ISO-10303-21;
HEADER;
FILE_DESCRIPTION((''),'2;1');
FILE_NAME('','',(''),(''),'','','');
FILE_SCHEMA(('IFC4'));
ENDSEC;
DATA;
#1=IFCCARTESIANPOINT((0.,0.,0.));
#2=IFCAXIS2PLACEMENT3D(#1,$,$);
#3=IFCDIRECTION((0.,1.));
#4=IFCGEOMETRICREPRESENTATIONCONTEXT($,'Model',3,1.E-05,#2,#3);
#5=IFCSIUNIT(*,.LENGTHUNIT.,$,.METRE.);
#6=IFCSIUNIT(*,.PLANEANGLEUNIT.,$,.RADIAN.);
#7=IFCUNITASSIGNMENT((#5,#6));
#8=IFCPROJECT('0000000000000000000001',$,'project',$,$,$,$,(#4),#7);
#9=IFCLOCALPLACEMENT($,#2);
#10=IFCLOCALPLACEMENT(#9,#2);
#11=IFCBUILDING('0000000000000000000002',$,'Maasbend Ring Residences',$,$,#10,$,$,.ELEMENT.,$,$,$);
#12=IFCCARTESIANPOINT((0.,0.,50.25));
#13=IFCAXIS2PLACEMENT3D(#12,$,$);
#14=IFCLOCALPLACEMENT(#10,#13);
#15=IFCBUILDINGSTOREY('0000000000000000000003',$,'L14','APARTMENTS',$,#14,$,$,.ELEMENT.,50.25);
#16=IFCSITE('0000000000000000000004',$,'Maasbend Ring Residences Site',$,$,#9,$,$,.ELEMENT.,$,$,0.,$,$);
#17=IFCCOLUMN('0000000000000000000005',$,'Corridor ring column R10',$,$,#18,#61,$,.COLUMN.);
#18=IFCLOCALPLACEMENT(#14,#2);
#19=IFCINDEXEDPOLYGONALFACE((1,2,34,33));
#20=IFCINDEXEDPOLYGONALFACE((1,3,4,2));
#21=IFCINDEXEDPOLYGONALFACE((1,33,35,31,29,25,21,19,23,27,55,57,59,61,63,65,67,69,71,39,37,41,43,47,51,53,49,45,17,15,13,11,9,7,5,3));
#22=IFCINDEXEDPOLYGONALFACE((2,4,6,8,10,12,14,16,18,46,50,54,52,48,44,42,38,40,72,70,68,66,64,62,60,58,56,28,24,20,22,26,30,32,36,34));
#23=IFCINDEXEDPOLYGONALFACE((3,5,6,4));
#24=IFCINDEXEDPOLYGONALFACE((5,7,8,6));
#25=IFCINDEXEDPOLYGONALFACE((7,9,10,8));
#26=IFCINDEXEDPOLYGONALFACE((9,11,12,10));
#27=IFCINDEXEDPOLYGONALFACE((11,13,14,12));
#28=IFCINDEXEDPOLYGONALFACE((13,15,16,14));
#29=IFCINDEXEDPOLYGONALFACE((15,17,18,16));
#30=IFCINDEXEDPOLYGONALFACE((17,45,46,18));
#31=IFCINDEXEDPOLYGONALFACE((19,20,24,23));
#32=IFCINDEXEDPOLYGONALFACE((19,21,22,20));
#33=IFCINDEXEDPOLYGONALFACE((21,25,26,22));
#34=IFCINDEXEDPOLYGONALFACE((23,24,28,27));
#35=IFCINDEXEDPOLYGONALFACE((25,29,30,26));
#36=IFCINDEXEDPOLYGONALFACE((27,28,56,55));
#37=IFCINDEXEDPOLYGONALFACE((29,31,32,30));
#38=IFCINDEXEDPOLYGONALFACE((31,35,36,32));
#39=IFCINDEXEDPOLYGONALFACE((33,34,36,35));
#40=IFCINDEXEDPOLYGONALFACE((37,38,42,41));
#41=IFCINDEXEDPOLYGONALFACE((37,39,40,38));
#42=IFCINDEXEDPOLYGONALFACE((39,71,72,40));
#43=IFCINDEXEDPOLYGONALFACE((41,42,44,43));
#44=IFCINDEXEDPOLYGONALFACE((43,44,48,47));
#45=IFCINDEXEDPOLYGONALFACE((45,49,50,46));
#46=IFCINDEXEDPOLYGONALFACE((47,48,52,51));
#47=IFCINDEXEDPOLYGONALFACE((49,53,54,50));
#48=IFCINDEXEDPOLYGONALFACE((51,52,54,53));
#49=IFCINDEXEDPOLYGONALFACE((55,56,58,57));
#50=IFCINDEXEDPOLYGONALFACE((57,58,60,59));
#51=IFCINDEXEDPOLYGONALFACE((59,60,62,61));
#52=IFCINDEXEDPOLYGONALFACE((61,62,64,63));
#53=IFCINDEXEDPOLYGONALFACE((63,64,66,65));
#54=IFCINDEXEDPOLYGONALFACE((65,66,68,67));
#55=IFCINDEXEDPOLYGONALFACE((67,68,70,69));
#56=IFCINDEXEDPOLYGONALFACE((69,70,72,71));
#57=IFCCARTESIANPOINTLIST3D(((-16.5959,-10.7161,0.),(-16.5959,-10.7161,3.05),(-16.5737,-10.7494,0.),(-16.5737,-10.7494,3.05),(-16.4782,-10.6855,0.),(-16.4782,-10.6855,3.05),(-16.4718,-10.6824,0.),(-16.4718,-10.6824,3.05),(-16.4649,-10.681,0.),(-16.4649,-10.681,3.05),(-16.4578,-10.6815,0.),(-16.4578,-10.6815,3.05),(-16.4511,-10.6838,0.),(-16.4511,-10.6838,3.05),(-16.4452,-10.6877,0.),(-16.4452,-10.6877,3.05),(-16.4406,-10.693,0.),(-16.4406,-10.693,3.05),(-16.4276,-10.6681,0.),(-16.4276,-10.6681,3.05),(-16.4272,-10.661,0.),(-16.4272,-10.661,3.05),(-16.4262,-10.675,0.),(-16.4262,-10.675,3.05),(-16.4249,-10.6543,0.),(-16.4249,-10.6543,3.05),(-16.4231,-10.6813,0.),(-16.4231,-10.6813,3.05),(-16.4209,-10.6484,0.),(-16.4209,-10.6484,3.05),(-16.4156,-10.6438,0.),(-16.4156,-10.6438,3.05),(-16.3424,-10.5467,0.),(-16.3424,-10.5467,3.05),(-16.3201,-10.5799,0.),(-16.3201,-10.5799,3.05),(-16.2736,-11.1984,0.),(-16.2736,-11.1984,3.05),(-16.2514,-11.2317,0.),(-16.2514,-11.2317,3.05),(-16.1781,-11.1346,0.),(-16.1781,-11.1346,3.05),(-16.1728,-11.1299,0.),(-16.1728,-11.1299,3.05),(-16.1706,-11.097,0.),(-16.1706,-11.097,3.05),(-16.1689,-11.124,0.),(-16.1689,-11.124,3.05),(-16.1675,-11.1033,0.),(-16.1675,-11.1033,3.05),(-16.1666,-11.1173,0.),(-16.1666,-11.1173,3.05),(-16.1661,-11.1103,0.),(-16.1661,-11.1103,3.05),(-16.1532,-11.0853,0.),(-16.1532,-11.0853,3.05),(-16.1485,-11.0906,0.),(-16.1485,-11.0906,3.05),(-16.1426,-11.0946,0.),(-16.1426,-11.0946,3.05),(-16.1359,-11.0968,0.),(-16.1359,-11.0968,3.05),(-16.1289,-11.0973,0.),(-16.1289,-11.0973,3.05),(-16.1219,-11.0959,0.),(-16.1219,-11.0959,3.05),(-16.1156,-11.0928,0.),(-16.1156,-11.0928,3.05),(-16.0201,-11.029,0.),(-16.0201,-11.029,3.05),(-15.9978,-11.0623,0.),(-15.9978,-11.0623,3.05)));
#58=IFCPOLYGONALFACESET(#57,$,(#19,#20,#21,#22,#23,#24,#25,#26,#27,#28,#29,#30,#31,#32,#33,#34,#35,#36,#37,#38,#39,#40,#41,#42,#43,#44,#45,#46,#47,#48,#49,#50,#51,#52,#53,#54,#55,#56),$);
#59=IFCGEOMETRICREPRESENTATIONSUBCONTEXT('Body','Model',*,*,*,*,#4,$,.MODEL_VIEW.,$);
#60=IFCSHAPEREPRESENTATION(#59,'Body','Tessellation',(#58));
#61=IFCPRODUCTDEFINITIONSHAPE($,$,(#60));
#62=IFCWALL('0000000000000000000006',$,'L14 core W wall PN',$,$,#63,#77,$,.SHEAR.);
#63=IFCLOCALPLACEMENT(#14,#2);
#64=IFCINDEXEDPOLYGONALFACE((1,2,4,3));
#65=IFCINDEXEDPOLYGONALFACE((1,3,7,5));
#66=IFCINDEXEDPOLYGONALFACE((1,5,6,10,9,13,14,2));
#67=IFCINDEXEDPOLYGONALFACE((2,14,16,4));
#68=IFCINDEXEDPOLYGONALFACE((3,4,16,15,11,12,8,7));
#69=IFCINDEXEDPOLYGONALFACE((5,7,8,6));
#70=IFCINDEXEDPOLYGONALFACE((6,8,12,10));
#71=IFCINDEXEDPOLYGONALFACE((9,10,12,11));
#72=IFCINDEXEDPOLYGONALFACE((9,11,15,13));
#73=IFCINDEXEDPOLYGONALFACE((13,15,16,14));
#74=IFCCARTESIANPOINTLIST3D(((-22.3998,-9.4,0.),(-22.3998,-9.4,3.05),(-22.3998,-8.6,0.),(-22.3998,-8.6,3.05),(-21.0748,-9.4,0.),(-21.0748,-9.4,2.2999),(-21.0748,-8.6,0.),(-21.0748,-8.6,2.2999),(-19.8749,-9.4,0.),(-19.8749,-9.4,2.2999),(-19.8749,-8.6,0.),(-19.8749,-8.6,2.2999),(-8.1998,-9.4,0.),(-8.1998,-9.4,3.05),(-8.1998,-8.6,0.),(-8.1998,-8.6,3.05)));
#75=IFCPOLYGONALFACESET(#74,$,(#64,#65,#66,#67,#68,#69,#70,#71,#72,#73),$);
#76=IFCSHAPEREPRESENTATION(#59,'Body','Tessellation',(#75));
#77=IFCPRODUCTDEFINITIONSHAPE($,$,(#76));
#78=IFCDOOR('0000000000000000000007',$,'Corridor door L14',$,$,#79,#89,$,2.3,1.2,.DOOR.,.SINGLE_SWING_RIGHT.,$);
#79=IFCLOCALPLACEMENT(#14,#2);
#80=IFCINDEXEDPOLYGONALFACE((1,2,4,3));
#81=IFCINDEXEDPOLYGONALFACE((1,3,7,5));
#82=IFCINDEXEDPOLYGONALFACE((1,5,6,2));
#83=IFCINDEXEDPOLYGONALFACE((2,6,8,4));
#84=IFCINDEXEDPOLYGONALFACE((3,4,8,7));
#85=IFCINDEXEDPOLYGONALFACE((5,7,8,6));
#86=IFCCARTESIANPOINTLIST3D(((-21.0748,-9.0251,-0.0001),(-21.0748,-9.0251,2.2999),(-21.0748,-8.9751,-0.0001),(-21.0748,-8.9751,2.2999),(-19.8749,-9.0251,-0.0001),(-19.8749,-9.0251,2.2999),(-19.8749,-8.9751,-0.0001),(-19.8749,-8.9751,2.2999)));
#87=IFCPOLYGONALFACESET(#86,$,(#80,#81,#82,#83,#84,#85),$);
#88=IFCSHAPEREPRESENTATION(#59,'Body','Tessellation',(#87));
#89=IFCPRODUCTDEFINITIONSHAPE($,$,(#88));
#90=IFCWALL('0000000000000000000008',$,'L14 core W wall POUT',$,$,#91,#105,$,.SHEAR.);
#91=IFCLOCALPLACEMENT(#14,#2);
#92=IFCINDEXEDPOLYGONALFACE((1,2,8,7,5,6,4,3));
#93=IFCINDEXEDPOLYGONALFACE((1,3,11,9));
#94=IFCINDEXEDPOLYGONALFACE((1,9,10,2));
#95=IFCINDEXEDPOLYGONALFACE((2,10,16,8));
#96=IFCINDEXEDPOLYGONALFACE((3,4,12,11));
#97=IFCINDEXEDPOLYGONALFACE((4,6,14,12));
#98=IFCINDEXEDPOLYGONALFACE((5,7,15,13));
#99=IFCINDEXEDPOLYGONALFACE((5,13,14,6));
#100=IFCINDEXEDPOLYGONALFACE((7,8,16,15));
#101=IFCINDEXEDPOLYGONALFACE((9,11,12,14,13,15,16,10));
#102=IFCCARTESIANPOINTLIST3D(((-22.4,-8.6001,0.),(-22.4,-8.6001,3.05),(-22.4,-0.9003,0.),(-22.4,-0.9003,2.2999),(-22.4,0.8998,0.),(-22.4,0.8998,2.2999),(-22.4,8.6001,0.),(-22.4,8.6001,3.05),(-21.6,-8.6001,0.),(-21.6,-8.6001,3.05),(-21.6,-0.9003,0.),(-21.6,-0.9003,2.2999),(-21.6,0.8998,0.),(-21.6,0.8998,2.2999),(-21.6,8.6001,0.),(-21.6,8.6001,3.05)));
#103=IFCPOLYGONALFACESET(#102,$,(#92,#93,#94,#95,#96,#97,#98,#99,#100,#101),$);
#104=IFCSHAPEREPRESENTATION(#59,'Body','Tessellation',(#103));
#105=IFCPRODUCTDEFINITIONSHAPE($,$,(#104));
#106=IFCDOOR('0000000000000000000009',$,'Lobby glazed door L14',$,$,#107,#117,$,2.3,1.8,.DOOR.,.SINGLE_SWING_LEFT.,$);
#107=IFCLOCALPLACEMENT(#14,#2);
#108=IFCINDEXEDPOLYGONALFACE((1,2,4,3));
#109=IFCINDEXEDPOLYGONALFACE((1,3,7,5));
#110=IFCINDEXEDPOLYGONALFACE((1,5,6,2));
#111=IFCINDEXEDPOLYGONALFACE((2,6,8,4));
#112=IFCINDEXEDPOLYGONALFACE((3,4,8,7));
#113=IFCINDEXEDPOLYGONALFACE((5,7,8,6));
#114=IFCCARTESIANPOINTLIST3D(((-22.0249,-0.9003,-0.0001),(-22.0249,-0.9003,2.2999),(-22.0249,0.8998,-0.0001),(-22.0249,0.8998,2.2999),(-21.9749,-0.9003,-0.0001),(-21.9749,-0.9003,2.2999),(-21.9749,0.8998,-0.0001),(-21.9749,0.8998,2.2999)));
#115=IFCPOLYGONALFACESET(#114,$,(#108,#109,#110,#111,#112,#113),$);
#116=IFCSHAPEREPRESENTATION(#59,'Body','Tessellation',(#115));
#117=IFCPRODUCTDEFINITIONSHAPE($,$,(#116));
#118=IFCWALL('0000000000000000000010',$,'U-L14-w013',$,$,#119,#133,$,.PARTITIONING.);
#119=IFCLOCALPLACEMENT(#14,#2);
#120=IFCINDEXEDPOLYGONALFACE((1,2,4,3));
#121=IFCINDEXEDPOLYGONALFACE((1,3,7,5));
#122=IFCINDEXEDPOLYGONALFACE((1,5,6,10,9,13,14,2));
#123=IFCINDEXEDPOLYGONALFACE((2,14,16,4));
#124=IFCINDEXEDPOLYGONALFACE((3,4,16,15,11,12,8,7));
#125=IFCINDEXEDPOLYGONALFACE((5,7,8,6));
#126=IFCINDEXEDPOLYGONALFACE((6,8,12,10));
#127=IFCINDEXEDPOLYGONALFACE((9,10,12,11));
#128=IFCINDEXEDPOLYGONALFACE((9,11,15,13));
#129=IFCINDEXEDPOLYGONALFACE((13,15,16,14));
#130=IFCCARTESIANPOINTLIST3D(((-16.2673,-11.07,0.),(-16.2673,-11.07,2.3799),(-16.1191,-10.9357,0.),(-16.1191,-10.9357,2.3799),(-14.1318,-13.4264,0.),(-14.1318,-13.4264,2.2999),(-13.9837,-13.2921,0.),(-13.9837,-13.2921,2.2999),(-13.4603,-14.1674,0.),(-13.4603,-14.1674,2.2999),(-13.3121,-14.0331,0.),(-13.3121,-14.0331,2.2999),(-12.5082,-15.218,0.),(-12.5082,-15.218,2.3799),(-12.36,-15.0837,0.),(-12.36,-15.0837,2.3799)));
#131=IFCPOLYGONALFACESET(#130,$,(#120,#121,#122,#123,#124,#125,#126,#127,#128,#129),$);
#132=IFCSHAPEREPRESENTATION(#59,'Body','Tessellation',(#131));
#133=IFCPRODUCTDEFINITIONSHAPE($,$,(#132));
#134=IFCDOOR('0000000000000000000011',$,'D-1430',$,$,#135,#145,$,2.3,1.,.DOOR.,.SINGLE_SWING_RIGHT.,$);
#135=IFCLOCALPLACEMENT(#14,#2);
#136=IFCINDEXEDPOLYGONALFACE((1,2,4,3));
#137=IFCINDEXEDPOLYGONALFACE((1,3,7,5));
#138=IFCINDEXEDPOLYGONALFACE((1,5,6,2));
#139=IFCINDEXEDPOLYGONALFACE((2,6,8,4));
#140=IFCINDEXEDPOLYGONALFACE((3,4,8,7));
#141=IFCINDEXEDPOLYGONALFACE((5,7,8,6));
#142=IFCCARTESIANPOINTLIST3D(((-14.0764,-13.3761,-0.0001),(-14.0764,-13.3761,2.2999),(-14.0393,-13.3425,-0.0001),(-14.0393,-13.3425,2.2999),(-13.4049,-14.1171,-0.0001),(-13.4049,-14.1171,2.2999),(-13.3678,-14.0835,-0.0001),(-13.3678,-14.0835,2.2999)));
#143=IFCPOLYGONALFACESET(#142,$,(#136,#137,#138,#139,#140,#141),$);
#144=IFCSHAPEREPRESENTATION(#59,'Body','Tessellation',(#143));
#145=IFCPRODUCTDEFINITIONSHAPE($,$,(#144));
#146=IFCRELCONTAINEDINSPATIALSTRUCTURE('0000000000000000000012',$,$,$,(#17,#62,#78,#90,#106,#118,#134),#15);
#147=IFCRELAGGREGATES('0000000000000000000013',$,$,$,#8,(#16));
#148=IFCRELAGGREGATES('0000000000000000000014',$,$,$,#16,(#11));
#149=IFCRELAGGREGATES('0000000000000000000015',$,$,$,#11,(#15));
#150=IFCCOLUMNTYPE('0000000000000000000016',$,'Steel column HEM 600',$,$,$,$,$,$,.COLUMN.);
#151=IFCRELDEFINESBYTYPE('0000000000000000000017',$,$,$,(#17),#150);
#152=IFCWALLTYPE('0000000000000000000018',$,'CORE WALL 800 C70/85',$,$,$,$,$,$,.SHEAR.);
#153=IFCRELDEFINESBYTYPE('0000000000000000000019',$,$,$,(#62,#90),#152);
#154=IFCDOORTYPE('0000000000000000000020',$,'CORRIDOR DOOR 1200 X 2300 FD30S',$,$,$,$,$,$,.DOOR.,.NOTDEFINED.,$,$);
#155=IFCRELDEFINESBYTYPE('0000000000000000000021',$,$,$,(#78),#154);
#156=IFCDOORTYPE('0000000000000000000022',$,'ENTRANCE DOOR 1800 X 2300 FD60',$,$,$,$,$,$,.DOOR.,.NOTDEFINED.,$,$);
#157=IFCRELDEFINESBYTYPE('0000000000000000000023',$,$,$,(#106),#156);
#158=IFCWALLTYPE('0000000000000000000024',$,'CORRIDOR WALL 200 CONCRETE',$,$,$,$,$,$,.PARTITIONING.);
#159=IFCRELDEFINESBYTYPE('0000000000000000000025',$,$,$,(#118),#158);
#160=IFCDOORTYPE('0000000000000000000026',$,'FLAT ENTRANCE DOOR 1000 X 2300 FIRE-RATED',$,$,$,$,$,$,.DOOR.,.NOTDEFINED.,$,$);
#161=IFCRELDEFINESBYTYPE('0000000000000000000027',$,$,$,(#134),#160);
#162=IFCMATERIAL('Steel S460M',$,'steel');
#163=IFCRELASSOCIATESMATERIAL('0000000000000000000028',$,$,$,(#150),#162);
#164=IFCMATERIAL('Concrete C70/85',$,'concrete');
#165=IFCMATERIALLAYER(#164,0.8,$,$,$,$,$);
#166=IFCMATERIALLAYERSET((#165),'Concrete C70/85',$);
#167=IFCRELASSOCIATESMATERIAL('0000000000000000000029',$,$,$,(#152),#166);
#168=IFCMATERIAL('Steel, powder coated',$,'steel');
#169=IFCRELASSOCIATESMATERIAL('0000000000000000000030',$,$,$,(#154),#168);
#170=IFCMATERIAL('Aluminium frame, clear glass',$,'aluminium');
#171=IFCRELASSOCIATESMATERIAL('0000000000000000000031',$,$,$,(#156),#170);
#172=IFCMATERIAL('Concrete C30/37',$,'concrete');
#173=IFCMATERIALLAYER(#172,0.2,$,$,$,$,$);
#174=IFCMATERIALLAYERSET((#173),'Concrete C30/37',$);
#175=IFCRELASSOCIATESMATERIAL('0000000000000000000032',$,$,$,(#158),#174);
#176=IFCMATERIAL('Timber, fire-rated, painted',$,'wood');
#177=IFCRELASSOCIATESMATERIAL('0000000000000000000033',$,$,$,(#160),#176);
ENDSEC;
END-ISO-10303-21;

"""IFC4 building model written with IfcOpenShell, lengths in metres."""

from ifc_helpers import new_model, si_unit, direction, frame, frame_2d, origin, origin_2d, place, context, subcontext, project, spatial, rectangle, i_section, extrude, material, layer, layer_set, material_profile, profile_set, type_object, element, fill, save


model = new_model("IFC4")

# Units and contexts
model_context = context("Model", 3, precision=1e-05, world=origin(), true_north=direction((0.0, 1.0)))
body_context = subcontext(model_context, "Body", "Model", "MODEL_VIEW")
ifc_project = project(units=[si_unit("LENGTHUNIT", "METRE"), si_unit("PLANEANGLEUNIT", "RADIAN")], contexts=[model_context])

# Site, building, storey
site_placement = place(None, origin())
site = spatial("IfcSite", under=ifc_project, at=site_placement, Name="Maasbend Ring Residences Site", CompositionType="ELEMENT", RefElevation=0.0)
building_placement = place(site_placement, origin())
building = spatial("IfcBuilding", under=site, at=building_placement, Name="Maasbend Ring Residences", CompositionType="ELEMENT")
storey_placement = place(building_placement, frame((0.0, 0.0, 50.25)))
storey = spatial("IfcBuildingStorey", under=building, at=storey_placement, Name="L14", Description="APARTMENTS", CompositionType="ELEMENT", Elevation=50.25)

# Column
ifc_material_1 = material(Name="Steel S460M", Category="steel")
ifc_material_profile = material_profile(ifc_material_1, i_section(OverallWidth=0.3049, OverallDepth=0.6201, WebThickness=0.021, FlangeThickness=0.04, FilletRadius=0.0271, at=origin_2d()), Name="HEM 600")
ifc_profile_set = profile_set([ifc_material_profile], Name="Steel S460M")
column_type = type_object("IfcColumnType", Name="Steel column HEM 600", PredefinedType="COLUMN", material=ifc_profile_set)
column_placement = place(storey_placement, frame((-16.2969, -10.8892, 0.0), z_axis=(0.0, 0.0, 1.0), x_axis=(-0.83147, -0.55557, 0.0)))
element("IfcColumn", 1, at=column_placement, inside=storey, type_object=column_type, Name="Corridor ring column R10", PredefinedType="COLUMN", context=body_context, shape_type="SweptSolid", body=[
    extrude(i_section(OverallWidth=0.3049, OverallDepth=0.6201, WebThickness=0.021, FlangeThickness=0.04, FilletRadius=0.0271, at=origin_2d()), origin(), (0.0, 0.0, 1.0), 3.05),
])

# Walls, openings, doors
ifc_material_2 = material(Name="Concrete C70/85", Category="concrete")
ifc_layer_1 = layer(ifc_material_2, 0.8)
ifc_layer_set_1 = layer_set([ifc_layer_1], Name="Concrete C70/85")
wall_type_1 = type_object("IfcWallType", Name="CORE WALL 800 C70/85", PredefinedType="SHEAR", material=ifc_layer_set_1)
wall_1_placement = place(storey_placement, frame((-22.3999, -9.0, 0.0), z_axis=(0.0, 0.0, 1.0), x_axis=(1.0, 0.0, 0.0)))
wall_1 = element("IfcWall", 2, at=wall_1_placement, inside=storey, type_object=wall_type_1, Name="L14 core W wall PN", PredefinedType="SHEAR", context=body_context, shape_type="SweptSolid", body=[
    extrude(rectangle(XDim=14.2, YDim=0.8, at=frame_2d((7.1001, 0.0))), origin(), (0.0, 0.0, 1.0), 3.05),
])
opening_1_placement = place(wall_1_placement, frame((1.325, 0.0, 0.0)))
opening_1 = element("IfcOpeningElement", 3, at=opening_1_placement, cuts=wall_1, PredefinedType="OPENING", context=body_context, shape_type="SweptSolid", body=[
    extrude(rectangle(XDim=1.2, YDim=2.3, at=frame_2d((0.6001, 1.1499))), frame((0.0, 0.4102, 0.0), z_axis=(0.0, -1.0, 0.0), x_axis=(1.0, 0.0, 0.0)), (0.0, 0.0, 1.0), 0.8201),
])
ifc_material_3 = material(Name="Steel, powder coated", Category="steel")
door_type_1 = type_object("IfcDoorType", Name="CORRIDOR DOOR 1200 X 2300 FD30S", OperationType="NOTDEFINED", PredefinedType="DOOR", material=ifc_material_3)
door_1_placement = place(opening_1_placement, origin())
door_1 = element("IfcDoor", 4, at=door_1_placement, inside=storey, type_object=door_type_1, Name="Corridor door L14", OperationType="SINGLE_SWING_RIGHT", OverallHeight=2.3, OverallWidth=1.2, PredefinedType="DOOR", context=body_context, shape_type="SweptSolid", body=[
    extrude(rectangle(XDim=1.2, YDim=2.3, at=frame_2d((0.6001, 1.1499))), frame((0.0, 0.0249, 0.0), z_axis=(0.0, -1.0, 0.0), x_axis=(1.0, 0.0, 0.0)), (0.0, 0.0, 1.0), 0.05),
])
fill(opening_1, door_1)
wall_2_placement = place(storey_placement, frame((-22.0, -8.6001, 0.0), z_axis=(0.0, 0.0, 1.0), x_axis=(0.0, 1.0, 0.0)))
wall_2 = element("IfcWall", 5, at=wall_2_placement, inside=storey, type_object=wall_type_1, Name="L14 core W wall POUT", PredefinedType="SHEAR", context=body_context, shape_type="SweptSolid", body=[
    extrude(rectangle(XDim=17.2002, YDim=0.8, at=frame_2d((8.6001, 0.0))), origin(), (0.0, 0.0, 1.0), 3.05),
])
opening_2_placement = place(wall_2_placement, frame((7.7, 0.0, 0.0)))
opening_2 = element("IfcOpeningElement", 6, at=opening_2_placement, cuts=wall_2, PredefinedType="OPENING", context=body_context, shape_type="SweptSolid", body=[
    extrude(rectangle(XDim=1.8, YDim=2.3, at=frame_2d((0.8999, 1.1499))), frame((0.0, 0.4102, 0.0), z_axis=(0.0, -1.0, 0.0), x_axis=(1.0, 0.0, 0.0)), (0.0, 0.0, 1.0), 0.8201),
])
ifc_material_4 = material(Name="Aluminium frame, clear glass", Category="aluminium")
door_type_2 = type_object("IfcDoorType", Name="ENTRANCE DOOR 1800 X 2300 FD60", OperationType="NOTDEFINED", PredefinedType="DOOR", material=ifc_material_4)
door_2_placement = place(opening_2_placement, origin())
door_2 = element("IfcDoor", 7, at=door_2_placement, inside=storey, type_object=door_type_2, Name="Lobby glazed door L14", OperationType="SINGLE_SWING_LEFT", OverallHeight=2.3, OverallWidth=1.8, PredefinedType="DOOR", context=body_context, shape_type="SweptSolid", body=[
    extrude(rectangle(XDim=1.8, YDim=2.3, at=frame_2d((0.8999, 1.1499))), frame((0.0, 0.0249, 0.0), z_axis=(0.0, -1.0, 0.0), x_axis=(1.0, 0.0, 0.0)), (0.0, 0.0, 1.0), 0.05),
])
fill(opening_2, door_2)
ifc_material_5 = material(Name="Concrete C30/37", Category="concrete")
ifc_layer_2 = layer(ifc_material_5, 0.2)
ifc_layer_set_2 = layer_set([ifc_layer_2], Name="Concrete C30/37")
wall_type_2 = type_object("IfcWallType", Name="CORRIDOR WALL 200 CONCRETE", PredefinedType="PARTITIONING", material=ifc_layer_set_2)
wall_3_placement = place(storey_placement, frame((-16.1931, -11.0029, 0.0), z_axis=(0.0, 0.0, 1.0), x_axis=(0.671515, -0.740991, 0.0)))
wall_3 = element("IfcWall", 8, at=wall_3_placement, inside=storey, type_object=wall_type_2, Name="U-L14-w013", PredefinedType="PARTITIONING", context=body_context, shape_type="SweptSolid", body=[
    extrude(rectangle(XDim=5.5979, YDim=0.2, at=frame_2d((2.7988, 0.0))), origin(), (0.0, 0.0, 1.0), 2.3799),
])
opening_3_placement = place(wall_3_placement, frame((3.1799, 0.0, 0.0)))
opening_3 = element("IfcOpeningElement", 9, at=opening_3_placement, cuts=wall_3, PredefinedType="OPENING", context=body_context, shape_type="SweptSolid", body=[
    extrude(rectangle(XDim=1.0, YDim=2.3, at=frame_2d((0.5, 1.1499))), frame((0.0, 0.1099, 0.0), z_axis=(0.0, -1.0, 0.0), x_axis=(1.0, 0.0, 0.0)), (0.0, 0.0, 1.0), 0.22),
])
ifc_material_6 = material(Name="Timber, fire-rated, painted", Category="wood")
door_type_3 = type_object("IfcDoorType", Name="FLAT ENTRANCE DOOR 1000 X 2300 FIRE-RATED", OperationType="NOTDEFINED", PredefinedType="DOOR", material=ifc_material_6)
door_3_placement = place(opening_3_placement, origin())
door_3 = element("IfcDoor", 10, at=door_3_placement, inside=storey, type_object=door_type_3, Name="D-1430", OperationType="SINGLE_SWING_RIGHT", OverallHeight=2.3, OverallWidth=1.0, PredefinedType="DOOR", context=body_context, shape_type="SweptSolid", body=[
    extrude(rectangle(XDim=1.0, YDim=2.3, at=frame_2d((0.5, 1.1499))), frame((0.0, 0.0249, 0.0), z_axis=(0.0, -1.0, 0.0), x_axis=(1.0, 0.0, 0.0)), (0.0, 0.0, 1.0), 0.05),
])
fill(opening_3, door_3)

save(model, "model.ifc")
